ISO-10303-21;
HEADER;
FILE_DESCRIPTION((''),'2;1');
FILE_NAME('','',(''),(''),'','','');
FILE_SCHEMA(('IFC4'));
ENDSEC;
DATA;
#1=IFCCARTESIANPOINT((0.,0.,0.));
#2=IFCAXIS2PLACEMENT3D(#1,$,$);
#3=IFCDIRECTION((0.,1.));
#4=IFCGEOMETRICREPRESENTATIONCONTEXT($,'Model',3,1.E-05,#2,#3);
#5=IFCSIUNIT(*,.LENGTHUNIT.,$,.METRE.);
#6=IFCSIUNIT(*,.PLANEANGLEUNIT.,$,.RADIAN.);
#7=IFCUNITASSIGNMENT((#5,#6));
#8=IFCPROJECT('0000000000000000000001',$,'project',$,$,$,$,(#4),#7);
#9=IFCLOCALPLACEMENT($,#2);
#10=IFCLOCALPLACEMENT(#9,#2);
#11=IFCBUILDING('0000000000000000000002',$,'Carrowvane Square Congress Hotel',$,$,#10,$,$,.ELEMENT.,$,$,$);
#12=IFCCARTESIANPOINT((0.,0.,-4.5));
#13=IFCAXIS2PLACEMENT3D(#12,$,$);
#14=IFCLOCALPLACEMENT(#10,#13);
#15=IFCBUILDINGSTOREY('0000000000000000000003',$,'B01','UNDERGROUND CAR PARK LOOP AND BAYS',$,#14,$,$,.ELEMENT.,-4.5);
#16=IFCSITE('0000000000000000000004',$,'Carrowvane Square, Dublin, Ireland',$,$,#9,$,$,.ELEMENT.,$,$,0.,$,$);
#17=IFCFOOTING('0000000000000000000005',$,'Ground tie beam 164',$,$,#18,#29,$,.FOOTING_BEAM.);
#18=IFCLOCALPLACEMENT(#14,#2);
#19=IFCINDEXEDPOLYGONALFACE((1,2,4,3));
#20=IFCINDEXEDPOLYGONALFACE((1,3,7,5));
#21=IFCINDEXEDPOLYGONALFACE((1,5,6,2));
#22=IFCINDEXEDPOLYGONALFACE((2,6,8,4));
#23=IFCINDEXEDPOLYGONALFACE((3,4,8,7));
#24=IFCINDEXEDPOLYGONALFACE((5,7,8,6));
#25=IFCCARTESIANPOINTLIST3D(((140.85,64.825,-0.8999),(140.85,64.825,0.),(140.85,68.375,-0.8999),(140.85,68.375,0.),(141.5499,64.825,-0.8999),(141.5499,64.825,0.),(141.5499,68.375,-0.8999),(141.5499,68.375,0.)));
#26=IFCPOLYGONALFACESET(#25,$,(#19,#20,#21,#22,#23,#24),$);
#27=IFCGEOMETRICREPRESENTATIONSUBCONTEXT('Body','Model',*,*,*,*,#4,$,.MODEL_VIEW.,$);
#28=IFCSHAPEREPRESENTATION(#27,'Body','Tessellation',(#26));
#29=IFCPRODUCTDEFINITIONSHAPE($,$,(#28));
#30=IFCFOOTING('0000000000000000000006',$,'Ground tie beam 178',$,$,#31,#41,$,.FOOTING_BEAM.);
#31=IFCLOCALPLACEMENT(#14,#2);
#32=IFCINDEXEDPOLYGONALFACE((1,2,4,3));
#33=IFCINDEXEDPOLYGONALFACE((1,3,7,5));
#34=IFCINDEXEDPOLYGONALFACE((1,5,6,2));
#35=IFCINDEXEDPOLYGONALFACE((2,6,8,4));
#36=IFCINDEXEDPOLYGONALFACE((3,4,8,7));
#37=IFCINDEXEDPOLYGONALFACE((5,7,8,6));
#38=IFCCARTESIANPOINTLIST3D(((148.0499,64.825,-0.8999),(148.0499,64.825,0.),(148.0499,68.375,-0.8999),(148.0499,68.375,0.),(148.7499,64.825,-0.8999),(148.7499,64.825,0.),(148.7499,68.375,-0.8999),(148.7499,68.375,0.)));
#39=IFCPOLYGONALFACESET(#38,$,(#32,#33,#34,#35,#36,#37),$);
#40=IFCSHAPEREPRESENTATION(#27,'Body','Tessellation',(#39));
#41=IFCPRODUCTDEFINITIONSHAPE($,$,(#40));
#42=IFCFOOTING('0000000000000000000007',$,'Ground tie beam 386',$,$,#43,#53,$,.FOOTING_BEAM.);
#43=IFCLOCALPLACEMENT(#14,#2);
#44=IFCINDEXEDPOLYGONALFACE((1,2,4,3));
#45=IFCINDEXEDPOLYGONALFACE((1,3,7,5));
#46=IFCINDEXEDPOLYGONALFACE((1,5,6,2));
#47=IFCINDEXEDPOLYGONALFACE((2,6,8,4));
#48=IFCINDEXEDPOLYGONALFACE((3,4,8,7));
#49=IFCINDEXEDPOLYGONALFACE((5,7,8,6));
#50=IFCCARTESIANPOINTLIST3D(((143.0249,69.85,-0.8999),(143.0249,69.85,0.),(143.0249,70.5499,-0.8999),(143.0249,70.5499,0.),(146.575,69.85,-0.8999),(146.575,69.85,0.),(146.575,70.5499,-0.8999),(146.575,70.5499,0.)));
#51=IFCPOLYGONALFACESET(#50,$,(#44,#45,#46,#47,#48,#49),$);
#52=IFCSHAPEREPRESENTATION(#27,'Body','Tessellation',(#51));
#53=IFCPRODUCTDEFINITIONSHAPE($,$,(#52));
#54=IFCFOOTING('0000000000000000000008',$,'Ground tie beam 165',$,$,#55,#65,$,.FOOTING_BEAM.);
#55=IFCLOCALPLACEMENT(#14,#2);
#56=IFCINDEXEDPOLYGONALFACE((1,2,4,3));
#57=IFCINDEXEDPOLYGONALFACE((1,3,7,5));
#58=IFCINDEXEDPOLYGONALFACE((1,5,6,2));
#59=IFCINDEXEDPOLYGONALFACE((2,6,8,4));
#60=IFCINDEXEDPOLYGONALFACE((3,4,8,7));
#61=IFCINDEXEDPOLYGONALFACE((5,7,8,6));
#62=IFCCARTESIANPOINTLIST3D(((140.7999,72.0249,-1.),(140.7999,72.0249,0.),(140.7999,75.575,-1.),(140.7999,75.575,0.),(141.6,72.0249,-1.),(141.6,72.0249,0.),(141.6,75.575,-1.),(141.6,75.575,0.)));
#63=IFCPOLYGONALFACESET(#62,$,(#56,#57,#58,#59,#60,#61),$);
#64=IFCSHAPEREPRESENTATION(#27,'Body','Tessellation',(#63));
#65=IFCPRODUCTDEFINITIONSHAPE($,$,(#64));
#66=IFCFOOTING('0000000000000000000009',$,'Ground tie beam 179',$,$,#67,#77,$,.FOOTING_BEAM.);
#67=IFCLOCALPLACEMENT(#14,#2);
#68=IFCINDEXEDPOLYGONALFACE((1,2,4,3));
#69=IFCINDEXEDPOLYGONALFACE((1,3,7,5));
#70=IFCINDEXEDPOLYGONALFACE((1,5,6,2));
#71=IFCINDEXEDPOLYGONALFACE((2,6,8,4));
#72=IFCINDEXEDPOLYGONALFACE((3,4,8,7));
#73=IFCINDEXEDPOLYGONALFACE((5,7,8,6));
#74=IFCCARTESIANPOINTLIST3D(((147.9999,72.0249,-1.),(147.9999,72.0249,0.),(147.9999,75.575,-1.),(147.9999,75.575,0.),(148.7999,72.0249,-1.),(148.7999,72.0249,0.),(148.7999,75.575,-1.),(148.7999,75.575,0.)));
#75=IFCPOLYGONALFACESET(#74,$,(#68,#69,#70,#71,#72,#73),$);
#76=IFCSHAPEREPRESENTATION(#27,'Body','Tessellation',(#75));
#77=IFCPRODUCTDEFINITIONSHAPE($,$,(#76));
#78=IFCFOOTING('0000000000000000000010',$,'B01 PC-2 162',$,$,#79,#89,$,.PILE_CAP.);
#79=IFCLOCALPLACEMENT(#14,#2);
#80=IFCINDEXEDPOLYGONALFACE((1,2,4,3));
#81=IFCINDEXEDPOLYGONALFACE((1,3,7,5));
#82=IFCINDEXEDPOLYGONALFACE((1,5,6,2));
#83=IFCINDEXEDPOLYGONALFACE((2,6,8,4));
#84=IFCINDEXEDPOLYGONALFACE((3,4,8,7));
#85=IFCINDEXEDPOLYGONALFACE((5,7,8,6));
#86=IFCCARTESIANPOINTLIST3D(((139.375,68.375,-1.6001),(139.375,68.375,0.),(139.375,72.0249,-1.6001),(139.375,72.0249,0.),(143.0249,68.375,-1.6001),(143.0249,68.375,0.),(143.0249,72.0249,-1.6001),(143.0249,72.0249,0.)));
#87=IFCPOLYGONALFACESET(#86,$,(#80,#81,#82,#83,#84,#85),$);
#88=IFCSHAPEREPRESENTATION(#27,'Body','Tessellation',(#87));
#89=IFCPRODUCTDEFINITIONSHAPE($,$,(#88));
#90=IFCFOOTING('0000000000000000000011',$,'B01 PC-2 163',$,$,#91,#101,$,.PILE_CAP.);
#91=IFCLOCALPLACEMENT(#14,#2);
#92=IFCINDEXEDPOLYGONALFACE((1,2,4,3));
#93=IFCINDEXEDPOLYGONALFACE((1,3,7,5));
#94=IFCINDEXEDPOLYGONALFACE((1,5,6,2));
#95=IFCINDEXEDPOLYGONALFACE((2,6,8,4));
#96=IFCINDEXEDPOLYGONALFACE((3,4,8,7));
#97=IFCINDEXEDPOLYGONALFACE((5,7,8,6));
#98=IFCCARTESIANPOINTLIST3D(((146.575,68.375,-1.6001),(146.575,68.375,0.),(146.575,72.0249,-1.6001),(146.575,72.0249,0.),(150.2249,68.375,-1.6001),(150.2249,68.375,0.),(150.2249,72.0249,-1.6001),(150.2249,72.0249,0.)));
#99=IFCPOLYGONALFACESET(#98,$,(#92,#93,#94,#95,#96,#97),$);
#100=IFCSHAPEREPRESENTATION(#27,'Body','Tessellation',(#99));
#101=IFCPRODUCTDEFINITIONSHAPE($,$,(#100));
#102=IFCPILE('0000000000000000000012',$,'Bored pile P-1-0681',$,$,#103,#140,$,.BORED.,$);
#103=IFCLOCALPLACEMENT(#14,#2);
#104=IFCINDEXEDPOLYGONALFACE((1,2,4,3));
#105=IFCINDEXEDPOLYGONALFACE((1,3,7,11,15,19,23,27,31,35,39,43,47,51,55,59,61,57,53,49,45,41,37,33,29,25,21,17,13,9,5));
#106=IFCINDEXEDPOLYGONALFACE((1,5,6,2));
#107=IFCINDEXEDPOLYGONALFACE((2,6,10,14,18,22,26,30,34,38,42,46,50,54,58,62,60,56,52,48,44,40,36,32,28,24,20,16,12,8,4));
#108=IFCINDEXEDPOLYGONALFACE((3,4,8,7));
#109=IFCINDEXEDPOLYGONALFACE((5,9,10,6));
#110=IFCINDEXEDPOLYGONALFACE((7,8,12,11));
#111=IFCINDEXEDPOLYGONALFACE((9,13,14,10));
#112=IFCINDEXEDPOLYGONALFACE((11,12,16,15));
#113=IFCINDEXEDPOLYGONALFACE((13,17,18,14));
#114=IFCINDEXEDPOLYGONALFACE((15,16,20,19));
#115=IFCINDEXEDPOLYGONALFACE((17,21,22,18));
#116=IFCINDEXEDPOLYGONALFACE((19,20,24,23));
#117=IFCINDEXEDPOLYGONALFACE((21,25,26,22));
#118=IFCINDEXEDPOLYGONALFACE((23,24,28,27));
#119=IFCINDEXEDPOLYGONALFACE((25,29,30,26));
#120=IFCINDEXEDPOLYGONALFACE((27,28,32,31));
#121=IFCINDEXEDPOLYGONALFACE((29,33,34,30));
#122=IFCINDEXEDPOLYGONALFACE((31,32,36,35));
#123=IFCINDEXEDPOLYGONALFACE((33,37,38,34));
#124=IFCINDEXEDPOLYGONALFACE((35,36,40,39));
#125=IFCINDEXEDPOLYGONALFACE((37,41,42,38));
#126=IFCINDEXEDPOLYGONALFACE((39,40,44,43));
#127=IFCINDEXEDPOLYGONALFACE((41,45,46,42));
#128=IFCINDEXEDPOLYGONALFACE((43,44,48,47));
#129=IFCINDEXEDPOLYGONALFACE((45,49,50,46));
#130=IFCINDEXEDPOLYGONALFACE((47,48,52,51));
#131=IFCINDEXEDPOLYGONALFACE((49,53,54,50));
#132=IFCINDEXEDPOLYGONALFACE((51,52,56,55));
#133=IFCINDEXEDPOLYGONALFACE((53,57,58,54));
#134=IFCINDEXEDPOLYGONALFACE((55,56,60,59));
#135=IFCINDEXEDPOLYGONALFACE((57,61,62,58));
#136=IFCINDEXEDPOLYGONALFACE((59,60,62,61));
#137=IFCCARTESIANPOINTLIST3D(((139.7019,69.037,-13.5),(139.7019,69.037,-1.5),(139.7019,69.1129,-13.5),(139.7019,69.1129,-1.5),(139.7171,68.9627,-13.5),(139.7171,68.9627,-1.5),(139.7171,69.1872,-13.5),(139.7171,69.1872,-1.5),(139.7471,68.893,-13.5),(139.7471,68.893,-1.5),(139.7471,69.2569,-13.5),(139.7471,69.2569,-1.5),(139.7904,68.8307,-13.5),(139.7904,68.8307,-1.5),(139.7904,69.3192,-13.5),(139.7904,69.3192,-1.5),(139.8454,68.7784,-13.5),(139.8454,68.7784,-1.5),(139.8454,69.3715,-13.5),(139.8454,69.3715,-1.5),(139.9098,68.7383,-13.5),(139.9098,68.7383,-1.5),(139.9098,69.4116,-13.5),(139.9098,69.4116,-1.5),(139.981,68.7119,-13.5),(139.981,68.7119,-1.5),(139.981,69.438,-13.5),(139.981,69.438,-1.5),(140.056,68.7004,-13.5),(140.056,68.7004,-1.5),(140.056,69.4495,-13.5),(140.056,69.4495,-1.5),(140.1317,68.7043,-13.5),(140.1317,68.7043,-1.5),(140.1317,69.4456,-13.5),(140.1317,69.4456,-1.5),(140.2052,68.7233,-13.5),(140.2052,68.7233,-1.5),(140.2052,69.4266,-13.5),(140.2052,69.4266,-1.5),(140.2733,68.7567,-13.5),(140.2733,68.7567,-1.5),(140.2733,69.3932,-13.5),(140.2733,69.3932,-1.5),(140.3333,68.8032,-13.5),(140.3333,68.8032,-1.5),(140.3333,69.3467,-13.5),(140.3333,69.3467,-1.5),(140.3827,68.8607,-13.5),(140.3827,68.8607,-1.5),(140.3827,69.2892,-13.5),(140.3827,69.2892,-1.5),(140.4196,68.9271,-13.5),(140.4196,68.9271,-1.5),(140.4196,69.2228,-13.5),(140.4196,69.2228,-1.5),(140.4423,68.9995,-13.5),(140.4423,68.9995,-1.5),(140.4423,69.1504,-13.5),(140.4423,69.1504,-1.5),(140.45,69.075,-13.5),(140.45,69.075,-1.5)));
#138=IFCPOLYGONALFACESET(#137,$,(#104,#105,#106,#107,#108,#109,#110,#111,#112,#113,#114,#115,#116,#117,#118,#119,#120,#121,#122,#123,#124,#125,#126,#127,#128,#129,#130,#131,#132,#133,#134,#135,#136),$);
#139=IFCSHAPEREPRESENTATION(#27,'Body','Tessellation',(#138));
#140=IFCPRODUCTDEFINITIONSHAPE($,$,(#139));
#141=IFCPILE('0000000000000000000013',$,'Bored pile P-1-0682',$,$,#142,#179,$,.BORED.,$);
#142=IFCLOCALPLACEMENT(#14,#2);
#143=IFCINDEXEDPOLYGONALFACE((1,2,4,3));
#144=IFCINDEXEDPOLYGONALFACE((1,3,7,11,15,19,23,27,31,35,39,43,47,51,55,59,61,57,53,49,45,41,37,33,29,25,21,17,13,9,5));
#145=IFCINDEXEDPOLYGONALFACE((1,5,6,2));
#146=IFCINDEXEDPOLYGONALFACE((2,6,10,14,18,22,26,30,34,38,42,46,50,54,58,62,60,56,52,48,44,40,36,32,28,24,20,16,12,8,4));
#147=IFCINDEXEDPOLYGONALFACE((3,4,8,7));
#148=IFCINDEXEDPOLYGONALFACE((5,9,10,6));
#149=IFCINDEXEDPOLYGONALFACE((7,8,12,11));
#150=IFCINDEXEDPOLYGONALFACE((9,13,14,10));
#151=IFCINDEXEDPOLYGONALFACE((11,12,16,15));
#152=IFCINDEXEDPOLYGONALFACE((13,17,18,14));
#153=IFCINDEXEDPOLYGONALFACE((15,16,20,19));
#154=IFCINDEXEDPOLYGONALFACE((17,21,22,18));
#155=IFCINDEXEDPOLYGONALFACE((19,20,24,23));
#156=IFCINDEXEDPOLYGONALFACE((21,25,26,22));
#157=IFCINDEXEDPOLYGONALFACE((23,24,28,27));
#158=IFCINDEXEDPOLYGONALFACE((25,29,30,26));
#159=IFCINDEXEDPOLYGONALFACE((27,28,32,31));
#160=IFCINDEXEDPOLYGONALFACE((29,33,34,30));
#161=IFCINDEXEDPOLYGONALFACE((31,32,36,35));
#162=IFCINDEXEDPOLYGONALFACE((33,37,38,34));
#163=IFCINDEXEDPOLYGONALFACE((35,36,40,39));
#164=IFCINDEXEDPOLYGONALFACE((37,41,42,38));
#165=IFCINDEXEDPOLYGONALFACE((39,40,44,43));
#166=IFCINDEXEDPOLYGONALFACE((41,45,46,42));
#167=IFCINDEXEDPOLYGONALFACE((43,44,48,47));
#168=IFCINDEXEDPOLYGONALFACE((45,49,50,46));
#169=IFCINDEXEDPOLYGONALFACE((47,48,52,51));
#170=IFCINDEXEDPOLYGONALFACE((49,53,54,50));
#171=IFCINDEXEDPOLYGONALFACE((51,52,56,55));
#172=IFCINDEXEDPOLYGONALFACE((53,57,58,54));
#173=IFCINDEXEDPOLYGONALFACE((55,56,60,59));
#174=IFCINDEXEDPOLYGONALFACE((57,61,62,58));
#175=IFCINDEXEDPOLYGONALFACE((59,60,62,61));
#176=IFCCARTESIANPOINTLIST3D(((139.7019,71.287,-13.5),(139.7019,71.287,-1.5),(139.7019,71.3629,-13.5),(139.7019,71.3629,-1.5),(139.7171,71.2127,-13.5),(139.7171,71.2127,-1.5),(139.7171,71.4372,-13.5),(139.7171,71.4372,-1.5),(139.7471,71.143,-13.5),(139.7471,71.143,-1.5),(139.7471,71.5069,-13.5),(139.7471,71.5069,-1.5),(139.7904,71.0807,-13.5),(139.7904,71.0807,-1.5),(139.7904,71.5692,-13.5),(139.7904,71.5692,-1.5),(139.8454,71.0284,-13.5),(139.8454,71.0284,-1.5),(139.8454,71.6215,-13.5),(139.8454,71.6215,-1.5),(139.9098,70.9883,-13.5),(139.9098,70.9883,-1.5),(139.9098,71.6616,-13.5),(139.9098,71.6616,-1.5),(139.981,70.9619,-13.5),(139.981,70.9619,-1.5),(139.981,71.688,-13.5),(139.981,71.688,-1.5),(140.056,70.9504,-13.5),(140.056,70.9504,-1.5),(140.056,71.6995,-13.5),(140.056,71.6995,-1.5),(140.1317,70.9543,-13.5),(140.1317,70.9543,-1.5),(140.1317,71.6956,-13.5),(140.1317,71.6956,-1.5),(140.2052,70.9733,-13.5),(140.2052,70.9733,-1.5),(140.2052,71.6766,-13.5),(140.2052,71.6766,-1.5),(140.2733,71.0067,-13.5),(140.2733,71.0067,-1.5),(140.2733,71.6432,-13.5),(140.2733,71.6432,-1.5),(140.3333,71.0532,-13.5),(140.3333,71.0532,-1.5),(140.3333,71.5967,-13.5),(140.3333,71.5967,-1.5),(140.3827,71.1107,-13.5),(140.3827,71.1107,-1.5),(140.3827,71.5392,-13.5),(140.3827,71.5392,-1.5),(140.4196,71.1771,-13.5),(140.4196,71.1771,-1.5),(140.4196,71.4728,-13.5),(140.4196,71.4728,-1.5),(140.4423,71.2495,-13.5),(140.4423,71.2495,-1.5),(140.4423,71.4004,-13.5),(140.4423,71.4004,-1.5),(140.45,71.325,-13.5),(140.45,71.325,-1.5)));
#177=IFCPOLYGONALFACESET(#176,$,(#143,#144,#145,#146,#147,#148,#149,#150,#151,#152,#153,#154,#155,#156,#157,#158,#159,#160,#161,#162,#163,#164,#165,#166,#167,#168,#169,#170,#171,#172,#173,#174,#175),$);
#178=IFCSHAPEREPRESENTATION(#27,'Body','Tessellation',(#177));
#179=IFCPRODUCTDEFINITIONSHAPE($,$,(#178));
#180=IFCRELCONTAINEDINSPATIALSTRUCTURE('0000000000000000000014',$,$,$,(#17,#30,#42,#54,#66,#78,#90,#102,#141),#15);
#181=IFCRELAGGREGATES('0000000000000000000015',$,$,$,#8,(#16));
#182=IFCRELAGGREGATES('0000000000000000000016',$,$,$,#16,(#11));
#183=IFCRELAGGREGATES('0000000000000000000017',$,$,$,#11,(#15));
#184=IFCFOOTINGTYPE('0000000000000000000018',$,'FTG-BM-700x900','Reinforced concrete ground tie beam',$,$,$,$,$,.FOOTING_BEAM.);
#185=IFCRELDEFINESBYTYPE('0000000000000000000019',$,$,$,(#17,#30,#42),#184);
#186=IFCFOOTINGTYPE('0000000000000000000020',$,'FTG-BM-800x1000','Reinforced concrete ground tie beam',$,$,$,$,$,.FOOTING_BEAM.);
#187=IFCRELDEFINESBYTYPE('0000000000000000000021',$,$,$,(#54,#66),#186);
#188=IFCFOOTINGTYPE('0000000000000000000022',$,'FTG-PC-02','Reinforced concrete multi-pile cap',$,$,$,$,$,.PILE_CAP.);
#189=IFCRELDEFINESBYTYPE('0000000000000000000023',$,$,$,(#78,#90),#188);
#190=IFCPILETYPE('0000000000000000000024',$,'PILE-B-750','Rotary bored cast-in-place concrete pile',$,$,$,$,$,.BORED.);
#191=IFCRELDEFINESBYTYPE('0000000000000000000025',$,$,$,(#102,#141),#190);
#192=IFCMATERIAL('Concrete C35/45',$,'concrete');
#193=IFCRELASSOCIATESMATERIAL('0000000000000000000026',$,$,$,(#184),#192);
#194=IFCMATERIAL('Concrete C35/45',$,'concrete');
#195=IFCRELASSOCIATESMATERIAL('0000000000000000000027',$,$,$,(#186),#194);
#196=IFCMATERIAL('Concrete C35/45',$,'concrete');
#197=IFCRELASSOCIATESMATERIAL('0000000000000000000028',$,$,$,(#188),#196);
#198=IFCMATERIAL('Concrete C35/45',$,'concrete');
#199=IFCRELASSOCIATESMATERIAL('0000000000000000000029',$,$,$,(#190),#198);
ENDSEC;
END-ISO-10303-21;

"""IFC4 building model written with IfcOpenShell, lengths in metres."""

from ifc_helpers import new_model, si_unit, direction, frame, origin, origin_2d, place, context, subcontext, project, spatial, rectangle, circle, extrude, material, material_profile, profile_set, type_object, element, save


model = new_model("IFC4")

# Units and contexts
model_context = context("Model", 3, precision=1e-05, world=origin(), true_north=direction((0.0, 1.0)))
body_context = subcontext(model_context, "Body", "Model", "MODEL_VIEW")
ifc_project = project(units=[si_unit("LENGTHUNIT", "METRE"), si_unit("PLANEANGLEUNIT", "RADIAN")], contexts=[model_context])

# Site, building, storey
site_placement = place(None, origin())
site = spatial("IfcSite", under=ifc_project, at=site_placement, Name="Carrowvane Square, Dublin, Ireland", CompositionType="ELEMENT", RefElevation=0.0)
building_placement = place(site_placement, origin())
building = spatial("IfcBuilding", under=site, at=building_placement, Name="Carrowvane Square Congress Hotel", CompositionType="ELEMENT")
storey_placement = place(building_placement, frame((0.0, 0.0, -4.5)))
storey = spatial("IfcBuildingStorey", under=building, at=storey_placement, Name="B01", Description="UNDERGROUND CAR PARK LOOP AND BAYS", CompositionType="ELEMENT", Elevation=-4.5)

# Footings
ifc_material_1 = material(Name="Concrete C35/45", Category="concrete")
ifc_material_profile_1 = material_profile(ifc_material_1, rectangle(XDim=0.7, YDim=0.8999, at=origin_2d()), Name="RC 700x900")
ifc_profile_set_1 = profile_set([ifc_material_profile_1], Name="Concrete C35/45")
footing_type_1 = type_object("IfcFootingType", Name="FTG-BM-700x900", Description="Reinforced concrete ground tie beam", PredefinedType="FOOTING_BEAM", material=ifc_profile_set_1)
for number, where, z_axis, x_axis, name in (
    (1, (141.2, 64.825, -0.45), (0.0, 1.0, 0.0), (-1.0, 0.0, 0.0), "Ground tie beam 164"),
    (2, (148.3999, 64.825, -0.45), (0.0, 1.0, 0.0), (-1.0, 0.0, 0.0), "Ground tie beam 178"),
    (3, (143.0249, 70.2, -0.45), (1.0, 0.0, 0.0), (0.0, 1.0, 0.0), "Ground tie beam 386"),
):
    element("IfcFooting", number, at=place(storey_placement, frame(where, z_axis=z_axis, x_axis=x_axis)), inside=storey, type_object=footing_type_1, Name=name, PredefinedType="FOOTING_BEAM", context=body_context, shape_type="SweptSolid", body=[
        extrude(rectangle(XDim=0.7, YDim=0.8999, at=origin_2d()), origin(), (0.0, 0.0, 1.0), 3.55),
    ])
ifc_material_2 = material(Name="Concrete C35/45", Category="concrete")
ifc_material_profile_2 = material_profile(ifc_material_2, rectangle(XDim=0.8, YDim=1.0, at=origin_2d()), Name="RC 800x1000")
ifc_profile_set_2 = profile_set([ifc_material_profile_2], Name="Concrete C35/45")
footing_type_2 = type_object("IfcFootingType", Name="FTG-BM-800x1000", Description="Reinforced concrete ground tie beam", PredefinedType="FOOTING_BEAM", material=ifc_profile_set_2)
for number, where, z_axis, x_axis, name in (
    (4, (141.2, 72.0249, -0.5), (0.0, 1.0, 0.0), (-1.0, 0.0, 0.0), "Ground tie beam 165"),
    (5, (148.3999, 72.0249, -0.5), (0.0, 1.0, 0.0), (-1.0, 0.0, 0.0), "Ground tie beam 179"),
):
    element("IfcFooting", number, at=place(storey_placement, frame(where, z_axis=z_axis, x_axis=x_axis)), inside=storey, type_object=footing_type_2, Name=name, PredefinedType="FOOTING_BEAM", context=body_context, shape_type="SweptSolid", body=[
        extrude(rectangle(XDim=0.8, YDim=1.0, at=origin_2d()), origin(), (0.0, 0.0, 1.0), 3.55),
    ])
ifc_material_3 = material(Name="Concrete C35/45", Category="concrete")
footing_type_3 = type_object("IfcFootingType", Name="FTG-PC-02", Description="Reinforced concrete multi-pile cap", PredefinedType="PILE_CAP", material=ifc_material_3)
for number, where, z_axis, x_axis, name in (
    (6, (141.2, 70.2, -1.6001), (0.0, 0.0, 1.0), (1.0, 0.0, 0.0), "B01 PC-2 162"),
    (7, (148.3999, 70.2, -1.6001), (0.0, 0.0, 1.0), (1.0, 0.0, 0.0), "B01 PC-2 163"),
):
    element("IfcFooting", number, at=place(storey_placement, frame(where, z_axis=z_axis, x_axis=x_axis)), inside=storey, type_object=footing_type_3, Name=name, PredefinedType="PILE_CAP", context=body_context, shape_type="SweptSolid", body=[
        extrude(rectangle(XDim=3.6499, YDim=3.6499, at=origin_2d()), origin(), (0.0, 0.0, 1.0), 1.6001),
    ])

# Piles
ifc_material_4 = material(Name="Concrete C35/45", Category="concrete")
ifc_material_profile_3 = material_profile(ifc_material_4, circle(Radius=0.375, at=origin_2d()), Name="PILE D750")
ifc_profile_set_3 = profile_set([ifc_material_profile_3], Name="Concrete C35/45")
pile_type = type_object("IfcPileType", Name="PILE-B-750", Description="Rotary bored cast-in-place concrete pile", PredefinedType="BORED", material=ifc_profile_set_3)
for number, where, z_axis, x_axis, name in (
    (8, (140.075, 69.075, -1.5), (0.0, 0.0, -1.0), (1.0, 0.0, 0.0), "Bored pile P-1-0681"),
    (9, (140.075, 71.325, -1.5), (0.0, 0.0, -1.0), (1.0, 0.0, 0.0), "Bored pile P-1-0682"),
):
    element("IfcPile", number, at=place(storey_placement, frame(where, z_axis=z_axis, x_axis=x_axis)), inside=storey, type_object=pile_type, Name=name, PredefinedType="BORED", context=body_context, shape_type="SweptSolid", body=[
        extrude(circle(Radius=0.375, at=origin_2d()), origin(), (0.0, 0.0, 1.0), 12.0),
    ])

save(model, "model.ifc")
